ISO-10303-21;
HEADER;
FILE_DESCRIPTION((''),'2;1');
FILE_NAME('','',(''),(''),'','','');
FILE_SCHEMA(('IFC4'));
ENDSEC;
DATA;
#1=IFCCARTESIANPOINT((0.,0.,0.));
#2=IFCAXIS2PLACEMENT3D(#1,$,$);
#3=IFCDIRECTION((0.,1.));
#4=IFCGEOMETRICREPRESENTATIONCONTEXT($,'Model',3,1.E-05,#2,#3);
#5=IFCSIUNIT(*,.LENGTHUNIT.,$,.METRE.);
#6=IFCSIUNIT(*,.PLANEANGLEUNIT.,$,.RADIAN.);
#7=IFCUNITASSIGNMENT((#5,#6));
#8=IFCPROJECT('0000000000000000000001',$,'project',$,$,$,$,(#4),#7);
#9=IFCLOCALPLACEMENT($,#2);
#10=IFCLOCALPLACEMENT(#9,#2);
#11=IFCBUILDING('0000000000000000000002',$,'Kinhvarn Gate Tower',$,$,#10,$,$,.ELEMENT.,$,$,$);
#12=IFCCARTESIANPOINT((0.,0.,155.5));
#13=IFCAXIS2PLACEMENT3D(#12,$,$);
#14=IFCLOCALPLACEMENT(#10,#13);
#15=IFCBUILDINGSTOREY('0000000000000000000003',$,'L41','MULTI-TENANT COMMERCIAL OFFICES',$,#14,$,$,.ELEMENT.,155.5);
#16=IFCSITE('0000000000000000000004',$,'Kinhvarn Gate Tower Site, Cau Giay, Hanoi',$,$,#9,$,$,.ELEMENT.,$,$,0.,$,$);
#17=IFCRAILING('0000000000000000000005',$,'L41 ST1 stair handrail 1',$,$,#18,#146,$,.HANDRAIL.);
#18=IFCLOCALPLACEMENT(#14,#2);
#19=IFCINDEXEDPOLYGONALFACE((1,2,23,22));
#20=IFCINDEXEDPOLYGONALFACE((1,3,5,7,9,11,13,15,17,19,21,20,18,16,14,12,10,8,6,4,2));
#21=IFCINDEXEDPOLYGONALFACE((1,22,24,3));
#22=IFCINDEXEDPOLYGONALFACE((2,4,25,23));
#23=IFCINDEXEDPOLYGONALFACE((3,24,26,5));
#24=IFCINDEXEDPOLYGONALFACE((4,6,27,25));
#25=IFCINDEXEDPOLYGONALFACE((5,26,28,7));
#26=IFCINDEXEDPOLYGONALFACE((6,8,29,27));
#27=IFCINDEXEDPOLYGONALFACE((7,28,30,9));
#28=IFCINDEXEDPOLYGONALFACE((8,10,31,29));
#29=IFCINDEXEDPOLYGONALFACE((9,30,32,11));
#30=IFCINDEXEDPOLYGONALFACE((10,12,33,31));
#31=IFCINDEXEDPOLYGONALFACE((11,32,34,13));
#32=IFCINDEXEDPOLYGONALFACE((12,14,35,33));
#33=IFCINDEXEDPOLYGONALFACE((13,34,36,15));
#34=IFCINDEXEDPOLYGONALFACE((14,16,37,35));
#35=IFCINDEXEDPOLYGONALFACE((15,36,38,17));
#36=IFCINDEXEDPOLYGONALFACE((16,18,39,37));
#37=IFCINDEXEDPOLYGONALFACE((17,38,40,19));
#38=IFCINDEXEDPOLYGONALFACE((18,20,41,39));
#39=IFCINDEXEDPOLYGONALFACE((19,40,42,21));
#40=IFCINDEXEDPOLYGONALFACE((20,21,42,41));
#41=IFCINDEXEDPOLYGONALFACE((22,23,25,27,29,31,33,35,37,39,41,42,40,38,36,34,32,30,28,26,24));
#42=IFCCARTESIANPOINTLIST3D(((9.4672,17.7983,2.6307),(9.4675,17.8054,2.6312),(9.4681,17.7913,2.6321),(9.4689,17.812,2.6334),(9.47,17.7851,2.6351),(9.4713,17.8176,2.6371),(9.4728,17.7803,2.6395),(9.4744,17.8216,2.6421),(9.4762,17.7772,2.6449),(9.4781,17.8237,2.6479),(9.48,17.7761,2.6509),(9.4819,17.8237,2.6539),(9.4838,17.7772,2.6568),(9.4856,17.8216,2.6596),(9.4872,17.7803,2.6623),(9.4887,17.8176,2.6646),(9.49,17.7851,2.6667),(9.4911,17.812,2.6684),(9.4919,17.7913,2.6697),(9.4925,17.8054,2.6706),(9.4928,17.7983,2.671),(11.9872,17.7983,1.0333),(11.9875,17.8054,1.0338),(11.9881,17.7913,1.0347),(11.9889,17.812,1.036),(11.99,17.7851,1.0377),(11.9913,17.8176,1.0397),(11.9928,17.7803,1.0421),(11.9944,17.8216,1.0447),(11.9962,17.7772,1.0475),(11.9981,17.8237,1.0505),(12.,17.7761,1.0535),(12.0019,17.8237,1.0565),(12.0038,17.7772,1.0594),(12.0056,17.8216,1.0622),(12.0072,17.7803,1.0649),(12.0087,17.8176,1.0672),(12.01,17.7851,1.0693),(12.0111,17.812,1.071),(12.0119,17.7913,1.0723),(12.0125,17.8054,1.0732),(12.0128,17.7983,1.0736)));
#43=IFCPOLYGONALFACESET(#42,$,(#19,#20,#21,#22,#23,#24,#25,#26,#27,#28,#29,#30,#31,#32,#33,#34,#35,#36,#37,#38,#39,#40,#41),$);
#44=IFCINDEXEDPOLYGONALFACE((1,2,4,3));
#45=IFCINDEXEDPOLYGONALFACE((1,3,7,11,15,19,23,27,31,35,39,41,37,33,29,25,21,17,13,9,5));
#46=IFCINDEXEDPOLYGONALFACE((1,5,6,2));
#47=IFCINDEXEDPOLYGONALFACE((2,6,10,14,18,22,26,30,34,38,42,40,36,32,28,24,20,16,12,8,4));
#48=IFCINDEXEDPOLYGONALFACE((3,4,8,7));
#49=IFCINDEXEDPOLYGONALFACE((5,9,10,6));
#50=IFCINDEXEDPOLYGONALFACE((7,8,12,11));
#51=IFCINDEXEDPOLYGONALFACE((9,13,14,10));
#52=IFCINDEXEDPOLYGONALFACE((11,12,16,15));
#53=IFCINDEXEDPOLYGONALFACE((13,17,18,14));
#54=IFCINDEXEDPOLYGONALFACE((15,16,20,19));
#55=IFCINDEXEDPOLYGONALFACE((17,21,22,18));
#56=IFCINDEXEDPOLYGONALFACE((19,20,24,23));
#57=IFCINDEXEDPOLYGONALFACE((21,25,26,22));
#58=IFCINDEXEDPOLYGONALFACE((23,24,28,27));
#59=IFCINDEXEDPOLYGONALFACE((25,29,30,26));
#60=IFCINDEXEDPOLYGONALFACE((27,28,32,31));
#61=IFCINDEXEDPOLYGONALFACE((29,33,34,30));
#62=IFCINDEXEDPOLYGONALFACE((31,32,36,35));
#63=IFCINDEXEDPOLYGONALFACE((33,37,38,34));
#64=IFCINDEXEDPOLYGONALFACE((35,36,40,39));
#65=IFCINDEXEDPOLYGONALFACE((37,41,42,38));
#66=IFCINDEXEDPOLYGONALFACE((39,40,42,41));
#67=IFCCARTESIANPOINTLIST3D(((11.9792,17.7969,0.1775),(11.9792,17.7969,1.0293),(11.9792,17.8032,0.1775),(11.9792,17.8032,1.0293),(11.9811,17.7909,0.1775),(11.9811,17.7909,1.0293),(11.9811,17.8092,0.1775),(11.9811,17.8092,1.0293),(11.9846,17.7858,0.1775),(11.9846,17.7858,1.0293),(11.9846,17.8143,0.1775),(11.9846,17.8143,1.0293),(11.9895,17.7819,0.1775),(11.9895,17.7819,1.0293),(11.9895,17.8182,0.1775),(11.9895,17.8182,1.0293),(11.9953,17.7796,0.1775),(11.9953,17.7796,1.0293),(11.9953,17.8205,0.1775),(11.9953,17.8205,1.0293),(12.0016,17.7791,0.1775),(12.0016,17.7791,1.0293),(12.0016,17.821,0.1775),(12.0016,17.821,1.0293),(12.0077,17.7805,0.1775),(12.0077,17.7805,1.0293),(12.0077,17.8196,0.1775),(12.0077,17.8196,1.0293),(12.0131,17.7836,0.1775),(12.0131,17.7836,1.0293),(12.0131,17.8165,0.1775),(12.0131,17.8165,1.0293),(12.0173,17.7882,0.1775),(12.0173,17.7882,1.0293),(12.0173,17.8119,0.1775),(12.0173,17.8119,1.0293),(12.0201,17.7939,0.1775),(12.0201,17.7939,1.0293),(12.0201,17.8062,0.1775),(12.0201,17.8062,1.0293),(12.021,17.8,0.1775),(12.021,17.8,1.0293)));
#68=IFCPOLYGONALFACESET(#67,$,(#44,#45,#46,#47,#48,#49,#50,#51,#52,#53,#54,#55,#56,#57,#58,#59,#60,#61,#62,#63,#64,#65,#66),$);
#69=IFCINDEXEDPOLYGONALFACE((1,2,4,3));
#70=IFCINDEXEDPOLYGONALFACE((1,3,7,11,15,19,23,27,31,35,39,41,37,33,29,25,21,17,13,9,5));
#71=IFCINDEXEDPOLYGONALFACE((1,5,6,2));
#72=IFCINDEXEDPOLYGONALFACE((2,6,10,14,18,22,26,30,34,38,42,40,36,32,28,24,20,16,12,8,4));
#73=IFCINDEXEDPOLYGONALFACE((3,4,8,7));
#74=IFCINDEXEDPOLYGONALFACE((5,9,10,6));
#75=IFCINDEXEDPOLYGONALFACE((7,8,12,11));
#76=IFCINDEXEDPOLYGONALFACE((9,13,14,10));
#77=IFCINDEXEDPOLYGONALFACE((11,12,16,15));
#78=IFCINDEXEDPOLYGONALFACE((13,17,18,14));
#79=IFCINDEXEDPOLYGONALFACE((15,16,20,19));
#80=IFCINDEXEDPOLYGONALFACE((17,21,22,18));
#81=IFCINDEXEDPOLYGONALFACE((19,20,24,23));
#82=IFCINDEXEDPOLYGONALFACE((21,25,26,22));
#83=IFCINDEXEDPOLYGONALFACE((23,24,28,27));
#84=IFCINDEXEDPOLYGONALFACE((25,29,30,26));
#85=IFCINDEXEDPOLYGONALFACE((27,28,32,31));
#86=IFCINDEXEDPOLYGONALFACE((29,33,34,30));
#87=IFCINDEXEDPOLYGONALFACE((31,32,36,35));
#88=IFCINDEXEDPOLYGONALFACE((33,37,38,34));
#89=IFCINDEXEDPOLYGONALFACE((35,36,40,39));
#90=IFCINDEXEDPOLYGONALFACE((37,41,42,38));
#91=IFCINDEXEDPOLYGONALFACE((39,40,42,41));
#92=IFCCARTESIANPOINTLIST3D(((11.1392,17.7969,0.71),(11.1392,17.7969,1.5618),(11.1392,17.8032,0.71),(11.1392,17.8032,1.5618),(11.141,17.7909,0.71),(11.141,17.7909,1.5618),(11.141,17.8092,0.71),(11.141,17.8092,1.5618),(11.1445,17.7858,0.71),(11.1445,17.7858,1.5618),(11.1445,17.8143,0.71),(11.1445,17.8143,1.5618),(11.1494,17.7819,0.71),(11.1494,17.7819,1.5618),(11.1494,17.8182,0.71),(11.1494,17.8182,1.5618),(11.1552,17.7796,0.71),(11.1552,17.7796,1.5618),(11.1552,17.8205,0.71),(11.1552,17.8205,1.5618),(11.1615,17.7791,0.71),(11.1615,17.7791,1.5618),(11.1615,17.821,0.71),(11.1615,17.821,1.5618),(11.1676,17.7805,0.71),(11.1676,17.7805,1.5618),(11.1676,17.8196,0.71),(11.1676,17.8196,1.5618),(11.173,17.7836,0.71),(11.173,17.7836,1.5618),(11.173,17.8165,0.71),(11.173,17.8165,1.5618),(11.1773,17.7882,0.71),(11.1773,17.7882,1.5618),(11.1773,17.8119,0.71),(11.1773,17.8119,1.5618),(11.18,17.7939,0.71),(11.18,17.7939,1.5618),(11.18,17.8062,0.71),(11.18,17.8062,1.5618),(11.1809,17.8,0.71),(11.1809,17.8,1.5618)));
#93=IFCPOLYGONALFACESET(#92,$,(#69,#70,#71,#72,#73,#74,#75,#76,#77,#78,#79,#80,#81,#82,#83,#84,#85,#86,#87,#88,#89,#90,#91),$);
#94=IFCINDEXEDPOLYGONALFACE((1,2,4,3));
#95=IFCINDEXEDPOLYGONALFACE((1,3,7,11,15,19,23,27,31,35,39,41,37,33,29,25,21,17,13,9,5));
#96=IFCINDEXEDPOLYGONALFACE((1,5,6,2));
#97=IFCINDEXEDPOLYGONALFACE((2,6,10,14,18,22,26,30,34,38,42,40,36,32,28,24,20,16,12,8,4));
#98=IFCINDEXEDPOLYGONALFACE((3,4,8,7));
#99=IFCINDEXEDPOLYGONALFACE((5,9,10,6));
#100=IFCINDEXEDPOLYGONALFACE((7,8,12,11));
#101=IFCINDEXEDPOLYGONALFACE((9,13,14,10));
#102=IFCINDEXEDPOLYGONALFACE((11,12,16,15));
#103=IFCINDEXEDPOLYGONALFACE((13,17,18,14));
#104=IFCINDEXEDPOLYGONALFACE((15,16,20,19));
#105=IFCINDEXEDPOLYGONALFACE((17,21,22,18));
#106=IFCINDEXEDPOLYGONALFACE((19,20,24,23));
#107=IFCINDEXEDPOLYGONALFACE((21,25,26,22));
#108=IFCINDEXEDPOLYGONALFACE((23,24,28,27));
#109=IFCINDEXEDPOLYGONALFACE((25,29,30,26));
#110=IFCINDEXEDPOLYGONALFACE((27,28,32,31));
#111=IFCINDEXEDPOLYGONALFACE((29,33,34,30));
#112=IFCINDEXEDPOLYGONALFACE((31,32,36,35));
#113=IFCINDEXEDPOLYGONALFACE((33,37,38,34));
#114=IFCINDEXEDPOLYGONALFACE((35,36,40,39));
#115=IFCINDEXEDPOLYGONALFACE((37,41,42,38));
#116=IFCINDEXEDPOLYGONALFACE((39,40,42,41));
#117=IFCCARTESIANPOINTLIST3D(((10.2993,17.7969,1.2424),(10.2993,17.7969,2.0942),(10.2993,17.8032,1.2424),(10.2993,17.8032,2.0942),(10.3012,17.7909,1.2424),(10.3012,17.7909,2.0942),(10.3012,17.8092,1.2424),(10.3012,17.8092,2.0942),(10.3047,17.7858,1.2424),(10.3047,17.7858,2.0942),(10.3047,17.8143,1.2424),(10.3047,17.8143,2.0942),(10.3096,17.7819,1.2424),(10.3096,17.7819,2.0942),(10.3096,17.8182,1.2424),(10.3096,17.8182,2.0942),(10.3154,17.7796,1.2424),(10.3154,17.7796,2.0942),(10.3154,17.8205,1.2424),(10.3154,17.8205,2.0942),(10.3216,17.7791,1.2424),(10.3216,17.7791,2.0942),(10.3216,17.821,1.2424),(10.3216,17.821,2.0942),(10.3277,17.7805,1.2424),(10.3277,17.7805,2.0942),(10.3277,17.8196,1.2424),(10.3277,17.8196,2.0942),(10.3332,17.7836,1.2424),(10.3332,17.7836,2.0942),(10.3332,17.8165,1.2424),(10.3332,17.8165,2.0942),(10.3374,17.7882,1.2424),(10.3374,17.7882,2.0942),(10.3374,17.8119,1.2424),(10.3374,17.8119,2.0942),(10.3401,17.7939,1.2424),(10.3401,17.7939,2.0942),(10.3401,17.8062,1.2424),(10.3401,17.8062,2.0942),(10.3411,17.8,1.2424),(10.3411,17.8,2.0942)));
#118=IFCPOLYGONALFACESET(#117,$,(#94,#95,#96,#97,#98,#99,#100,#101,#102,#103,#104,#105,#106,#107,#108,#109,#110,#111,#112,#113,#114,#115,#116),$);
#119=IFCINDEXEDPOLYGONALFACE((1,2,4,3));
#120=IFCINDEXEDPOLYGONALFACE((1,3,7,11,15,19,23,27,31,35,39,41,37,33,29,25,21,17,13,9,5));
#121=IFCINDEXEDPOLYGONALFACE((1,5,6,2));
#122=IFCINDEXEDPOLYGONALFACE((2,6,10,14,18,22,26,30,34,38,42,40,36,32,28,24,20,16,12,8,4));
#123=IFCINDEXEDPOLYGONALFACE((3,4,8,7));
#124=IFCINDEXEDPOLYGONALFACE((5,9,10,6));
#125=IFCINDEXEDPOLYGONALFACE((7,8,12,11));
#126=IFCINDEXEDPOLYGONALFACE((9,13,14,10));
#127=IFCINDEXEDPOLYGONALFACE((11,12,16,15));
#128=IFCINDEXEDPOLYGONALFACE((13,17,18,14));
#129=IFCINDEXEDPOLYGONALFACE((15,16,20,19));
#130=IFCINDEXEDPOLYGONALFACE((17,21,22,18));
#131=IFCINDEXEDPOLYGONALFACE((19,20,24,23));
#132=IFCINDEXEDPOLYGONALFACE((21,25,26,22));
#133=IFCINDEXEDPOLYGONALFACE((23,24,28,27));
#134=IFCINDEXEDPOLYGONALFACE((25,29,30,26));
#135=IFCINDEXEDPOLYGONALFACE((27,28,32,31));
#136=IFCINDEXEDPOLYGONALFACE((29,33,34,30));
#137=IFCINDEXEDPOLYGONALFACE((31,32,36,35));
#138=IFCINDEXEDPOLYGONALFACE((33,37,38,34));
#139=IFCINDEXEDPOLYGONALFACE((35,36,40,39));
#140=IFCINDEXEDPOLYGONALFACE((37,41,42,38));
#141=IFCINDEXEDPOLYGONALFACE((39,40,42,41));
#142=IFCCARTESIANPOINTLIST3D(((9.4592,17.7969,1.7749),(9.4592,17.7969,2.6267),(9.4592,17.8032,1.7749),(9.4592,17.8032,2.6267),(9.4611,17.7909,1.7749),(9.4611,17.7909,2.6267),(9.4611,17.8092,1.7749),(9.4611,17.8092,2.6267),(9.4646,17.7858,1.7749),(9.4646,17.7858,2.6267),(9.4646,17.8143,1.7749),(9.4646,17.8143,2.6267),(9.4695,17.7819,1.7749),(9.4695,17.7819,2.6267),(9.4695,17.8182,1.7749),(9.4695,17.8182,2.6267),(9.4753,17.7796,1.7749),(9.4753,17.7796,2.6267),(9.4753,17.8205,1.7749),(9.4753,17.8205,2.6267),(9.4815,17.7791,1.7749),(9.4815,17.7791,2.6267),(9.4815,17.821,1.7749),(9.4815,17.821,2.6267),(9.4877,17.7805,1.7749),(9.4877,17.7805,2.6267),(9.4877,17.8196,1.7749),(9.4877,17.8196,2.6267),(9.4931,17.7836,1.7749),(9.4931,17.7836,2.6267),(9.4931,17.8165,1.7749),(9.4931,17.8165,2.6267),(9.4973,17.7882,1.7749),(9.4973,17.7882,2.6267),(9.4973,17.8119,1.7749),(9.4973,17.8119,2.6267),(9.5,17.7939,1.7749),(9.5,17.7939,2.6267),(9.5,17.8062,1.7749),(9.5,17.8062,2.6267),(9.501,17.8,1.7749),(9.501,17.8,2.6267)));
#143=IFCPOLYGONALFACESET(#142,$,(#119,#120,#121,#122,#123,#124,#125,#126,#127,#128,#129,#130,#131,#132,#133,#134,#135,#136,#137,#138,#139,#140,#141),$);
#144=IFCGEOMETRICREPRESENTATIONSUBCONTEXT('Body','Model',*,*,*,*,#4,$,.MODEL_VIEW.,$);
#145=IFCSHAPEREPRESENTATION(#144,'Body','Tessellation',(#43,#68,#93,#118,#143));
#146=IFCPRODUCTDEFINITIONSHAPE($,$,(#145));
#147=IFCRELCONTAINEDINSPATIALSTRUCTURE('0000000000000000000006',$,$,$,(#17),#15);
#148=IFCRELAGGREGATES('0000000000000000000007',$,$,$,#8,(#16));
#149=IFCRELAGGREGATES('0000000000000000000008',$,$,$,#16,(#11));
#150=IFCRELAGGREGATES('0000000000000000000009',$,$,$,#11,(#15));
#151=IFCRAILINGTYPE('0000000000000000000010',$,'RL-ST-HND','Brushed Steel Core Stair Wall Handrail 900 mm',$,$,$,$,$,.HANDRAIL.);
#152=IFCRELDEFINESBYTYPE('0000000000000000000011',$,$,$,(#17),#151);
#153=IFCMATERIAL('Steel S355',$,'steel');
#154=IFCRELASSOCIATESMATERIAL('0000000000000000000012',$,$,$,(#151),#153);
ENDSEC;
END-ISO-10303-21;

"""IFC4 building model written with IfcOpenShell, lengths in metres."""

from ifc_helpers import new_model, si_unit, direction, frame, origin, origin_2d, place, context, subcontext, project, spatial, circle, extrude, material, type_object, element, save


model = new_model("IFC4")

# Units and contexts
model_context = context("Model", 3, precision=1e-05, world=origin(), true_north=direction((0.0, 1.0)))
body_context = subcontext(model_context, "Body", "Model", "MODEL_VIEW")
ifc_project = project(units=[si_unit("LENGTHUNIT", "METRE"), si_unit("PLANEANGLEUNIT", "RADIAN")], contexts=[model_context])

# Site, building, storey
site_placement = place(None, origin())
site = spatial("IfcSite", under=ifc_project, at=site_placement, Name="Kinhvarn Gate Tower Site, Cau Giay, Hanoi", CompositionType="ELEMENT", RefElevation=0.0)
building_placement = place(site_placement, origin())
building = spatial("IfcBuilding", under=site, at=building_placement, Name="Kinhvarn Gate Tower", CompositionType="ELEMENT")
storey_placement = place(building_placement, frame((0.0, 0.0, 155.5)))
storey = spatial("IfcBuildingStorey", under=building, at=storey_placement, Name="L41", Description="MULTI-TENANT COMMERCIAL OFFICES", CompositionType="ELEMENT", Elevation=155.5)

# Shared definitions
ifc_material_1 = material(Name="Steel S355", Category="steel")

# Railing
railing_type_1 = type_object("IfcRailingType", Name="RL-ST-HND", Description="Brushed Steel Core Stair Wall Handrail 900 mm", PredefinedType="HANDRAIL", material=ifc_material_1)
railing_1_placement = place(storey_placement, frame((12.0, 17.8, 0.1775)))
element("IfcRailing", 1, at=railing_1_placement, inside=storey, type_object=railing_type_1, Name="L41 ST1 stair handrail 1", PredefinedType="HANDRAIL", context=body_context, shape_type="SweptSolid", body=[
    extrude(circle(Radius=0.0239, at=origin_2d()), frame((0.0, 0.0, 0.876), z_axis=(-0.844607, 0.0, 0.535387), x_axis=(0.0, -1.0, 0.0)), (0.0, 0.0, 1.0), 2.9836),
    extrude(circle(Radius=0.021, at=origin_2d()), origin(), (0.0, 0.0, 1.0), 0.8518),
    extrude(circle(Radius=0.021, at=origin_2d()), frame((-0.8401, 0.0, 0.5325)), (0.0, 0.0, 1.0), 0.8518),
    extrude(circle(Radius=0.021, at=origin_2d()), frame((-1.6799, 0.0, 1.0649)), (0.0, 0.0, 1.0), 0.8518),
    extrude(circle(Radius=0.021, at=origin_2d()), frame((-2.52, 0.0, 1.5974)), (0.0, 0.0, 1.0), 0.8518),
])

save(model, "model.ifc")
